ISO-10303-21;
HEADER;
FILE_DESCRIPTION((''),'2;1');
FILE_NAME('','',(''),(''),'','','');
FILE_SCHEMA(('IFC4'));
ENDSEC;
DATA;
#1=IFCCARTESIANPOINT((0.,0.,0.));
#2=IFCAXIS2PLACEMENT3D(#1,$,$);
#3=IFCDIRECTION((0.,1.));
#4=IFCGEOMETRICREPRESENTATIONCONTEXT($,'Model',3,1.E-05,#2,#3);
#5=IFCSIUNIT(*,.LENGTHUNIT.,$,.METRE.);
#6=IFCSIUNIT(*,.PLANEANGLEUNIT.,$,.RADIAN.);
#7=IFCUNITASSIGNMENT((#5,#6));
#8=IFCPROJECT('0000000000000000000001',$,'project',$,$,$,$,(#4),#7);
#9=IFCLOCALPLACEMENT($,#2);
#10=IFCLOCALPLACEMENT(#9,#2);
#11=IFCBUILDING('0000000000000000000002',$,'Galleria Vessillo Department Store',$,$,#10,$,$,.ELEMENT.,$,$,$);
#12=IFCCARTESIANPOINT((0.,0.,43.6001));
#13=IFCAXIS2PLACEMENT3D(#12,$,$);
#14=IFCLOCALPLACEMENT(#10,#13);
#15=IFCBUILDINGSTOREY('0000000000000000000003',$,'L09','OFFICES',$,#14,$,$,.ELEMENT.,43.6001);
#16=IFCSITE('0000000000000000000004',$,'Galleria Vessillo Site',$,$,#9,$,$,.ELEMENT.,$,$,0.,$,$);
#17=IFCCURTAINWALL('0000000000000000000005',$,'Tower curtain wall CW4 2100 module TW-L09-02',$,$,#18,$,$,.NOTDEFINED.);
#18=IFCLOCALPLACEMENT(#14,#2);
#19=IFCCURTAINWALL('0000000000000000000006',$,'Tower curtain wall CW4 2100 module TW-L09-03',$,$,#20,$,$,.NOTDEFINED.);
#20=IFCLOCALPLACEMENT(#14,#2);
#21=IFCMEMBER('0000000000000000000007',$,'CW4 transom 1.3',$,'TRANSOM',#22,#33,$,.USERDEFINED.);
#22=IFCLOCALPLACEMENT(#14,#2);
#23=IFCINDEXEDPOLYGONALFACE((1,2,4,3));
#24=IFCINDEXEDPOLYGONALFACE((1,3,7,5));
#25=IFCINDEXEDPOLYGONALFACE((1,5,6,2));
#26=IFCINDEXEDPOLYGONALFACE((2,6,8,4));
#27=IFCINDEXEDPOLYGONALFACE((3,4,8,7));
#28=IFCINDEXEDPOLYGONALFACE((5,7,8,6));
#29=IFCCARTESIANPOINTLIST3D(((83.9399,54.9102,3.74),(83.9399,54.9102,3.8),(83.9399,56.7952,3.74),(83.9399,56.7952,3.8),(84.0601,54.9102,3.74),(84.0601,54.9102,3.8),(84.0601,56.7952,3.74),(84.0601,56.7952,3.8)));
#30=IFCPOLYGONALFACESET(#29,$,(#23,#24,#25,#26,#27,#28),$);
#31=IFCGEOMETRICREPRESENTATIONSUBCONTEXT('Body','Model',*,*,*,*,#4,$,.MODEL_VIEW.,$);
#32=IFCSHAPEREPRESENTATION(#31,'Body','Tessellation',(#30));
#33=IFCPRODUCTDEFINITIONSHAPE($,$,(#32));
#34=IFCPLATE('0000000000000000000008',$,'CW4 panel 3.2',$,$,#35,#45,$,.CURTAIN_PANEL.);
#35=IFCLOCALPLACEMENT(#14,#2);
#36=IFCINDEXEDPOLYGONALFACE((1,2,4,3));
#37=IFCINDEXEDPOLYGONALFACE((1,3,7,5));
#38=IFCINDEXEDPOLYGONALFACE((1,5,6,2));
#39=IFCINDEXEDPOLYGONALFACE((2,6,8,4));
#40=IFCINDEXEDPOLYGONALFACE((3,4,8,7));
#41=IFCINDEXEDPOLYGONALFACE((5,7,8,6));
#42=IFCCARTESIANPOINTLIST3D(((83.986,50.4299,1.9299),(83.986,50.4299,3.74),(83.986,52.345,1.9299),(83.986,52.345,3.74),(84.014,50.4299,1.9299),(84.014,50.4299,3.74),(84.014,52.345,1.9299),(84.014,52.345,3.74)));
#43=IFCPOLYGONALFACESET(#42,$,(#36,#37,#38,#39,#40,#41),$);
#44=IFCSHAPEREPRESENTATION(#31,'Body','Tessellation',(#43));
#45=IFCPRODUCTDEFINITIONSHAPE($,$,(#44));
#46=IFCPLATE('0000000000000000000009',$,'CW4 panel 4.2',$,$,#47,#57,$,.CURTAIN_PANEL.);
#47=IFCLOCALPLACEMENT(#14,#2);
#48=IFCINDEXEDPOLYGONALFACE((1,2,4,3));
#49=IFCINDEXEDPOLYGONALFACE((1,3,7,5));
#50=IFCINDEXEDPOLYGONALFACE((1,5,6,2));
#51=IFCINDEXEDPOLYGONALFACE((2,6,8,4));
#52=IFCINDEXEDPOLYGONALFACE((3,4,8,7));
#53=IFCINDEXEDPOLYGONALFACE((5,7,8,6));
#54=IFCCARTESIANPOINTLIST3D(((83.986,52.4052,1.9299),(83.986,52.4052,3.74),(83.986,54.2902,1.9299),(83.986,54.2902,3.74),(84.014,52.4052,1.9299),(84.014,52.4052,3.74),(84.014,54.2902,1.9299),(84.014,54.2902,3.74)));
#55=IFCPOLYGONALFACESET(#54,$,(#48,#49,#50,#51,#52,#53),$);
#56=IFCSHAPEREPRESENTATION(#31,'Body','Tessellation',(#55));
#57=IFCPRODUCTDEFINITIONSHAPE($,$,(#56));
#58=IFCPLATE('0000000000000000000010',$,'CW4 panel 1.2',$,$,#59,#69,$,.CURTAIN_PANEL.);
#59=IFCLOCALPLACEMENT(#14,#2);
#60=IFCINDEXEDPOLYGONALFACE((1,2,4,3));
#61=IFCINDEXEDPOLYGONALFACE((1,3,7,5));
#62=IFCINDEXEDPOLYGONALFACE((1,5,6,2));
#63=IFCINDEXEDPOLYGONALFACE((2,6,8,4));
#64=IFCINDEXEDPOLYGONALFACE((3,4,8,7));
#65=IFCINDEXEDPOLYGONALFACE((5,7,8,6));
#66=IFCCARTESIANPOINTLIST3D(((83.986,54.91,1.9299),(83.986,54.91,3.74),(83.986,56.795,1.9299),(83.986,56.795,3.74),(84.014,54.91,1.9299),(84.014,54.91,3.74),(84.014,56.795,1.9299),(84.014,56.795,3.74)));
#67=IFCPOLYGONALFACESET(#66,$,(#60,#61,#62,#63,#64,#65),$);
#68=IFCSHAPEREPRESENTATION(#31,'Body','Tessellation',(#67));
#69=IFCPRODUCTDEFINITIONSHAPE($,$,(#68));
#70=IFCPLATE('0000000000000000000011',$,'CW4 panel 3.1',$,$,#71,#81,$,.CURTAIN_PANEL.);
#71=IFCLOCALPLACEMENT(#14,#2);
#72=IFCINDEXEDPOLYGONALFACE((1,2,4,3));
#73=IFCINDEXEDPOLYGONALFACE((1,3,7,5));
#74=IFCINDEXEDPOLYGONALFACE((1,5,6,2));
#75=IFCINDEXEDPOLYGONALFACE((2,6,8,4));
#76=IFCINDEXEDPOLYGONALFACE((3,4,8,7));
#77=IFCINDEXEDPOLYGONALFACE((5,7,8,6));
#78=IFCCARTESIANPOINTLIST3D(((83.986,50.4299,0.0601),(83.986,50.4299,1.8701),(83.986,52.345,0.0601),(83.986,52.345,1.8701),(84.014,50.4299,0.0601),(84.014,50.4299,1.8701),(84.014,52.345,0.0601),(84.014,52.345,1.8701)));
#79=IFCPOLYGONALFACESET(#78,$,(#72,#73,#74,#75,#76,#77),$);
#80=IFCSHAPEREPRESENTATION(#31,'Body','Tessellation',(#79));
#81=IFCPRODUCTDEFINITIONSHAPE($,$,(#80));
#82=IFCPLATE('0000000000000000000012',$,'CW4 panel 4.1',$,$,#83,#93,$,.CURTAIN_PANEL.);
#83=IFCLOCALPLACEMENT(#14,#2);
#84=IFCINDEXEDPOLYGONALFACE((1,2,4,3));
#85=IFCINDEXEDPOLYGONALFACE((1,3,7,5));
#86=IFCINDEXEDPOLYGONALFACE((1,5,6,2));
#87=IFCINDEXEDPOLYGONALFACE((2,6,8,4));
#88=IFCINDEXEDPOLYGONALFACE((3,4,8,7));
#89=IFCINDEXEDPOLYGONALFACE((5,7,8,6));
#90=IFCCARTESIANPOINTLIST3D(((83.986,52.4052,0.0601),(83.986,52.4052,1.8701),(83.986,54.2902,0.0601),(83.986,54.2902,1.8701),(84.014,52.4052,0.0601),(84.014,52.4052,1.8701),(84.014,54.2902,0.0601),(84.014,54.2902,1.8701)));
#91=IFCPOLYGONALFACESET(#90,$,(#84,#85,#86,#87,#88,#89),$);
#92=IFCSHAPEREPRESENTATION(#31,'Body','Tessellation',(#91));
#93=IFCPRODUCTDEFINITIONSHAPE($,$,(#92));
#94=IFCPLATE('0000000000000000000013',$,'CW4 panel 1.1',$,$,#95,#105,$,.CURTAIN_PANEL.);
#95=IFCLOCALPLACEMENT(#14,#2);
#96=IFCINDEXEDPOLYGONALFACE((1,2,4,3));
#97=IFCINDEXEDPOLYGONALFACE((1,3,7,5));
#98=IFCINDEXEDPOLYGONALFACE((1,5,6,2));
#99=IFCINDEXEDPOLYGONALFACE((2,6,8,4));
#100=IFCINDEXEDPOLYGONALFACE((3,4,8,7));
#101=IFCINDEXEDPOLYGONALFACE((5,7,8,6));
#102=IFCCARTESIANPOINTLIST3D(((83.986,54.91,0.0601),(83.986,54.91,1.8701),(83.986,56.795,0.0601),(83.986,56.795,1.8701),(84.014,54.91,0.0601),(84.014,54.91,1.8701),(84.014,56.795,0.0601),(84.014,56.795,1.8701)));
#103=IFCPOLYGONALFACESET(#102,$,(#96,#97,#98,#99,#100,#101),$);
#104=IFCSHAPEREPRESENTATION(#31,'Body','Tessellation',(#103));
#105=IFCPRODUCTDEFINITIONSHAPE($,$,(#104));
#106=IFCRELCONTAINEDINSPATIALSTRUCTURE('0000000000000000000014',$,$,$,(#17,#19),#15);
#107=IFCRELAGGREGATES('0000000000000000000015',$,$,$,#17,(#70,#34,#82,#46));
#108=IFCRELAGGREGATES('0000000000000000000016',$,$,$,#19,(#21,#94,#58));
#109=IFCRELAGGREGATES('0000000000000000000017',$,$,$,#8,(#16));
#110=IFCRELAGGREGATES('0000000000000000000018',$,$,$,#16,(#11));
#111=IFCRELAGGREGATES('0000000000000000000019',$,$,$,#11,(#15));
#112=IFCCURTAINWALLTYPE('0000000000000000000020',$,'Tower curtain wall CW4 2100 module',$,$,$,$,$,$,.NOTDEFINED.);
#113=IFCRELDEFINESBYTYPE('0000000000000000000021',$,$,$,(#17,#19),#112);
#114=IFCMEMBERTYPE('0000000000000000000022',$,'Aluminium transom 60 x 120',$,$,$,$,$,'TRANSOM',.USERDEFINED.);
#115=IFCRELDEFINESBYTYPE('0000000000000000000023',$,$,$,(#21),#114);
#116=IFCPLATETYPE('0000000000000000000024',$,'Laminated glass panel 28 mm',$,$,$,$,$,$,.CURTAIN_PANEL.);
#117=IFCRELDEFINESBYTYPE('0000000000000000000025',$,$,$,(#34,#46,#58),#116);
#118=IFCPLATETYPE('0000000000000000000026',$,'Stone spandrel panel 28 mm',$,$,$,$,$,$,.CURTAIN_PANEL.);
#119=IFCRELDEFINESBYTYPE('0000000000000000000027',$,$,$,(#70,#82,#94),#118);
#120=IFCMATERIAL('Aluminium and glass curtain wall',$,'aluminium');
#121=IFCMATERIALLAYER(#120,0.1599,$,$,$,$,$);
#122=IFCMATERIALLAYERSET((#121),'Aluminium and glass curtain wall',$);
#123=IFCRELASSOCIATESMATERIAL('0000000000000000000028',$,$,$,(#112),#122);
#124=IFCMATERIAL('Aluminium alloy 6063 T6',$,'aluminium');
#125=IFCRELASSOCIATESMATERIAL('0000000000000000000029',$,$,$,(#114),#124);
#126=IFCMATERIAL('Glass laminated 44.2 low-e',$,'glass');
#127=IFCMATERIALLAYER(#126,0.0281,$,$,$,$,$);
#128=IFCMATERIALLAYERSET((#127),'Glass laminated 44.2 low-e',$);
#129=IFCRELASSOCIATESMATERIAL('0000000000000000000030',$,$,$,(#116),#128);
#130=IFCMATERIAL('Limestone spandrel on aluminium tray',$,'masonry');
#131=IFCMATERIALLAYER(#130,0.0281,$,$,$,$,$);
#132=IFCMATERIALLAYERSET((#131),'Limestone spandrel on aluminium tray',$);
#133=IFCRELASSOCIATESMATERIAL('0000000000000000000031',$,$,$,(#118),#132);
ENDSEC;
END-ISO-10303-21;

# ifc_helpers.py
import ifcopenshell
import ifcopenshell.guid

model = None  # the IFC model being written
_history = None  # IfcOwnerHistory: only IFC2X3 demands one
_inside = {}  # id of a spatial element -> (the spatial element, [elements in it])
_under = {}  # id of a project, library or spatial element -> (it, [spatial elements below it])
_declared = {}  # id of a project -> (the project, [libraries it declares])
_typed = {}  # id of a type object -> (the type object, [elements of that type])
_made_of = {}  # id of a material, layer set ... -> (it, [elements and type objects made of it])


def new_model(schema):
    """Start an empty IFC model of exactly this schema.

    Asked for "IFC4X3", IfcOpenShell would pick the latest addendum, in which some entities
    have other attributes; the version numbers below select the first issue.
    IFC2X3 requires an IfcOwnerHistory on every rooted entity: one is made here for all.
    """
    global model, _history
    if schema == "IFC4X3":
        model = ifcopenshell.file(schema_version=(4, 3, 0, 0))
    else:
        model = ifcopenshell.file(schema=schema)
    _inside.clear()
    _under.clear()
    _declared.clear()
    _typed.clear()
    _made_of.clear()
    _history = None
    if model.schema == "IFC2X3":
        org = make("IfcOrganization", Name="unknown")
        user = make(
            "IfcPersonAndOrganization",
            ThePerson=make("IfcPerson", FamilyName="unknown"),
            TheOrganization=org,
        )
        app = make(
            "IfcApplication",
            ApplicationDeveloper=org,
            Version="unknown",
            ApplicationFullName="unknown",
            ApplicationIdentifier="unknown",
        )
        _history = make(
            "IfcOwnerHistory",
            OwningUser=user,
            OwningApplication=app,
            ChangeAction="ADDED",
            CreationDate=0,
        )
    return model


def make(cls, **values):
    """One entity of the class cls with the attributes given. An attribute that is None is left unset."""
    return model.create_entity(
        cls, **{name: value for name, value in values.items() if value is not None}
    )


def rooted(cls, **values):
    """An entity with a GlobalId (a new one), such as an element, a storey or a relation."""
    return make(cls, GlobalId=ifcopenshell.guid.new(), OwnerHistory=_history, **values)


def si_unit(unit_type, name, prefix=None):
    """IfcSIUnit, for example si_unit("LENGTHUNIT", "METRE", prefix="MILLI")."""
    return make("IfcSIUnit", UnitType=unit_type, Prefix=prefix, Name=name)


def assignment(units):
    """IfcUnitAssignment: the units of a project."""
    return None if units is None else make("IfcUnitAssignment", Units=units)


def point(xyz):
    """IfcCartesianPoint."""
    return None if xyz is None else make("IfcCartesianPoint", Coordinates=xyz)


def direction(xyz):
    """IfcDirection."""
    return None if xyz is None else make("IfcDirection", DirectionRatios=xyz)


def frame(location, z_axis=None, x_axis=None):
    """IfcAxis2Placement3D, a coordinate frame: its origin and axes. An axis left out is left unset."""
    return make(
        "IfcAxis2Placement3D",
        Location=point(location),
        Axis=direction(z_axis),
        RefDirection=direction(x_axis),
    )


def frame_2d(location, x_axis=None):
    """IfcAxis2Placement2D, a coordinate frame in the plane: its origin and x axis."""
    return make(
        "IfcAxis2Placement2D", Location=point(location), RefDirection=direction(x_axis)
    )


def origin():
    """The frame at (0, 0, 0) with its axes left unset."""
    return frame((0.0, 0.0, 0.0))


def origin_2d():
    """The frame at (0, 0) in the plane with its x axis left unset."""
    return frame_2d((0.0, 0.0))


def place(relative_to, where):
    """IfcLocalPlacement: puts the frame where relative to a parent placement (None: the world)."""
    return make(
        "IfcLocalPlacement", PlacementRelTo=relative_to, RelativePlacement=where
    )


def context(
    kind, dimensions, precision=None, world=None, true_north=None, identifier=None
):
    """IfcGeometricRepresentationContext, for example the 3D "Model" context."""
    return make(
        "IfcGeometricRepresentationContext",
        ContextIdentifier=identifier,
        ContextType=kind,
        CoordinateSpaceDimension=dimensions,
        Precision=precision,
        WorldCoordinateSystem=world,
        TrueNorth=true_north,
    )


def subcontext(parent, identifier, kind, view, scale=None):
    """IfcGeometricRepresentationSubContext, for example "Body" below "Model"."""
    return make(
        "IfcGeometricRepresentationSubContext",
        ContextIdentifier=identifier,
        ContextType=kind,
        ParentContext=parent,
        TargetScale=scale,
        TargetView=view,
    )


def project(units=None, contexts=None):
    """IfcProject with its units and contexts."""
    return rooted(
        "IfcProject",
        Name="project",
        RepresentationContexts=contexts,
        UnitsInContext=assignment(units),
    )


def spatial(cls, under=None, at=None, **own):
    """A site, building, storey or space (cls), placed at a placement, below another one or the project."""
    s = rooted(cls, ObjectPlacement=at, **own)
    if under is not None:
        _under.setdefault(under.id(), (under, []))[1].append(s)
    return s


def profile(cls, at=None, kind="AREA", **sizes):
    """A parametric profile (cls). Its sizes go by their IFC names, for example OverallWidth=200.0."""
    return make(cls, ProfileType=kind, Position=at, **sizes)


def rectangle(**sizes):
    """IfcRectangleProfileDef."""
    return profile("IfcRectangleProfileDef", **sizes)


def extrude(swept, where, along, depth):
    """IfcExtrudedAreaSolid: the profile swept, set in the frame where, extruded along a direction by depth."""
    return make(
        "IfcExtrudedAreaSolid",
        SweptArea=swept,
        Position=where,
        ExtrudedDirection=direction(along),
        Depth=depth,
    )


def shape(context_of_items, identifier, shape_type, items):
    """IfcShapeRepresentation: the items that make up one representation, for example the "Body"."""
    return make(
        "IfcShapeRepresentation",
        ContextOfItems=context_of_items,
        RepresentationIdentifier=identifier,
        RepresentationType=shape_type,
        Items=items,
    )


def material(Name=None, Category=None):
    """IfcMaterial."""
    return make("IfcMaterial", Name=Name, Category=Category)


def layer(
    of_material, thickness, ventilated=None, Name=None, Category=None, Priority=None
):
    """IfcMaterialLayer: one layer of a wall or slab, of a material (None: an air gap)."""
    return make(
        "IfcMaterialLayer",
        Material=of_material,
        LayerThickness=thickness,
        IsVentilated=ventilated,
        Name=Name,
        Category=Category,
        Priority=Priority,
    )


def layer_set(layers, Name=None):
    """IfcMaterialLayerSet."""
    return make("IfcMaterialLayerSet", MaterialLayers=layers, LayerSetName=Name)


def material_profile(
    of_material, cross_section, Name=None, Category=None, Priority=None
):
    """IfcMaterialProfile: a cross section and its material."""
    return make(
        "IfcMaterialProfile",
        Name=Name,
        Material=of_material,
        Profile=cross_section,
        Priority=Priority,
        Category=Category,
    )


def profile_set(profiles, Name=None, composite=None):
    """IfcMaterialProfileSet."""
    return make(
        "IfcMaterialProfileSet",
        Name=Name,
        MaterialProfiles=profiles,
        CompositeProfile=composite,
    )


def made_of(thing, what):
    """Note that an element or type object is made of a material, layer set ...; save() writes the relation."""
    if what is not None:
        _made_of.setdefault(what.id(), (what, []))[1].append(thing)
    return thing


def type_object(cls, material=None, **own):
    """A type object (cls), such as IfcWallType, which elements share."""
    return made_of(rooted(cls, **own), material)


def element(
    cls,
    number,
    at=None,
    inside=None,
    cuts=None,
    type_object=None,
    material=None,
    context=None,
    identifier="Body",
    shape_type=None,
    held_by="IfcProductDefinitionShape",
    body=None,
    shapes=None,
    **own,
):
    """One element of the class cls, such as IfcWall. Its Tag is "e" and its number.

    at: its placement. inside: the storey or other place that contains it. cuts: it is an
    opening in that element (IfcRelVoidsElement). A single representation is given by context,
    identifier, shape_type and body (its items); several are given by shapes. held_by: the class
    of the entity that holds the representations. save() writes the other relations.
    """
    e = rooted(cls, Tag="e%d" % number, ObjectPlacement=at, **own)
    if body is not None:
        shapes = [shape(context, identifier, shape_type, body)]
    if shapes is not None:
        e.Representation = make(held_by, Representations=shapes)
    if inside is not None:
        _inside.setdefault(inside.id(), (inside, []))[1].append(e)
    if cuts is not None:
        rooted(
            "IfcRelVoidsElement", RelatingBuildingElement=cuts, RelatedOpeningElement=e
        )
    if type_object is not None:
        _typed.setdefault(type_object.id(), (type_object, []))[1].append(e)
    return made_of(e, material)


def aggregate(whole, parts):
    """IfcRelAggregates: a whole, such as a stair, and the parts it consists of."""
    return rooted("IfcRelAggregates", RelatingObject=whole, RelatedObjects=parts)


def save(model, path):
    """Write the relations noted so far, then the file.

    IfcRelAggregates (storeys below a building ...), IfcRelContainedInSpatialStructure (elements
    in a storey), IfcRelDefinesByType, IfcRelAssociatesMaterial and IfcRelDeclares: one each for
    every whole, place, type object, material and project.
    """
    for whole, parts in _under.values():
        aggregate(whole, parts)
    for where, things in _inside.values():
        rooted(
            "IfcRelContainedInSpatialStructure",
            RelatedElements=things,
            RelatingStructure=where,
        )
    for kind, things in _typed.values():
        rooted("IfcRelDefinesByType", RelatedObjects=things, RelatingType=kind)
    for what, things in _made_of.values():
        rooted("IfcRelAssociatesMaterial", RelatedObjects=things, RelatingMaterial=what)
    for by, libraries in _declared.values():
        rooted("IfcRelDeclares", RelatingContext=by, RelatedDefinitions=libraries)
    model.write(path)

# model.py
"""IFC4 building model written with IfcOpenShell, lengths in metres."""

from ifc_helpers import new_model, si_unit, direction, frame, origin, origin_2d, place, context, subcontext, project, spatial, rectangle, extrude, material, layer, layer_set, material_profile, profile_set, type_object, element, aggregate, save


model = new_model("IFC4")

# Units and contexts
model_context = context("Model", 3, precision=1e-05, world=origin(), true_north=direction((0.0, 1.0)))
body_context = subcontext(model_context, "Body", "Model", "MODEL_VIEW")
ifc_project = project(units=[si_unit("LENGTHUNIT", "METRE"), si_unit("PLANEANGLEUNIT", "RADIAN")], contexts=[model_context])

# Site, building, storey
site_placement = place(None, origin())
site = spatial("IfcSite", under=ifc_project, at=site_placement, Name="Galleria Vessillo Site", CompositionType="ELEMENT", RefElevation=0.0)
building_placement = place(site_placement, origin())
building = spatial("IfcBuilding", under=site, at=building_placement, Name="Galleria Vessillo Department Store", CompositionType="ELEMENT")
storey_placement = place(building_placement, frame((0.0, 0.0, 43.6001)))
storey = spatial("IfcBuildingStorey", under=building, at=storey_placement, Name="L09", Description="OFFICES", CompositionType="ELEMENT", Elevation=43.6001)

# Curtain walls
ifc_material_1 = material(Name="Aluminium and glass curtain wall", Category="aluminium")
ifc_layer_1 = layer(ifc_material_1, 0.1599)
ifc_layer_set_1 = layer_set([ifc_layer_1], Name="Aluminium and glass curtain wall")
curtain_wall_type = type_object("IfcCurtainWallType", Name="Tower curtain wall CW4 2100 module", PredefinedType="NOTDEFINED", material=ifc_layer_set_1)
curtain_wall_1_placement = place(storey_placement, origin())
curtain_wall_1 = element("IfcCurtainWall", 1, at=curtain_wall_1_placement, inside=storey, type_object=curtain_wall_type, Name="Tower curtain wall CW4 2100 module TW-L09-02", PredefinedType="NOTDEFINED")
curtain_wall_2_placement = place(storey_placement, origin())
curtain_wall_2 = element("IfcCurtainWall", 2, at=curtain_wall_2_placement, inside=storey, type_object=curtain_wall_type, Name="Tower curtain wall CW4 2100 module TW-L09-03", PredefinedType="NOTDEFINED")

# Member
ifc_material_2 = material(Name="Aluminium alloy 6063 T6", Category="aluminium")
ifc_material_profile_1 = material_profile(ifc_material_2, rectangle(XDim=0.1201, YDim=0.0601, at=origin_2d()), Name="AL 60x120")
ifc_profile_set_1 = profile_set([ifc_material_profile_1], Name="Aluminium alloy 6063 T6")
member_type_1 = type_object("IfcMemberType", Name="Aluminium transom 60 x 120", ElementType="TRANSOM", PredefinedType="USERDEFINED", material=ifc_profile_set_1)
member_1_placement = place(storey_placement, frame((84.0, 54.9102, 3.77), z_axis=(0.0, 1.0, 0.0), x_axis=(-1.0, 0.0, 0.0)))
member_1 = element("IfcMember", 3, at=member_1_placement, type_object=member_type_1, Name="CW4 transom 1.3", ObjectType="TRANSOM", PredefinedType="USERDEFINED", context=body_context, shape_type="SweptSolid", body=[
    extrude(rectangle(XDim=0.1201, YDim=0.0601, at=origin_2d()), origin(), (0.0, 0.0, 1.0), 1.885),
])

# Plates
ifc_material_3 = material(Name="Glass laminated 44.2 low-e", Category="glass")
ifc_layer_2 = layer(ifc_material_3, 0.0281)
ifc_layer_set_2 = layer_set([ifc_layer_2], Name="Glass laminated 44.2 low-e")
plate_type_1 = type_object("IfcPlateType", Name="Laminated glass panel 28 mm", PredefinedType="CURTAIN_PANEL", material=ifc_layer_set_2)
plate_1_placement = place(storey_placement, frame((84.0, 51.3875, 1.9299), z_axis=(0.0, 0.0, 1.0), x_axis=(0.0, 1.0, 0.0)))
plate_1 = element("IfcPlate", 4, at=plate_1_placement, type_object=plate_type_1, Name="CW4 panel 3.2", PredefinedType="CURTAIN_PANEL", context=body_context, shape_type="SweptSolid", body=[
    extrude(rectangle(XDim=1.915, YDim=0.0281, at=origin_2d()), origin(), (0.0, 0.0, 1.0), 1.8101),
])
plate_2_placement = place(storey_placement, frame((84.0, 53.3477, 1.9299), z_axis=(0.0, 0.0, 1.0), x_axis=(0.0, 1.0, 0.0)))
plate_2 = element("IfcPlate", 5, at=plate_2_placement, type_object=plate_type_1, Name="CW4 panel 4.2", PredefinedType="CURTAIN_PANEL", context=body_context, shape_type="SweptSolid", body=[
    extrude(rectangle(XDim=1.885, YDim=0.0281, at=origin_2d()), origin(), (0.0, 0.0, 1.0), 1.8101),
])
plate_3_placement = place(storey_placement, frame((84.0, 55.8525, 1.9299), z_axis=(0.0, 0.0, 1.0), x_axis=(0.0, 1.0, 0.0)))
plate_3 = element("IfcPlate", 6, at=plate_3_placement, type_object=plate_type_1, Name="CW4 panel 1.2", PredefinedType="CURTAIN_PANEL", context=body_context, shape_type="SweptSolid", body=[
    extrude(rectangle(XDim=1.885, YDim=0.0281, at=origin_2d()), origin(), (0.0, 0.0, 1.0), 1.8101),
])
ifc_material_4 = material(Name="Limestone spandrel on aluminium tray", Category="masonry")
ifc_layer_3 = layer(ifc_material_4, 0.0281)
ifc_layer_set_3 = layer_set([ifc_layer_3], Name="Limestone spandrel on aluminium tray")
plate_type_2 = type_object("IfcPlateType", Name="Stone spandrel panel 28 mm", PredefinedType="CURTAIN_PANEL", material=ifc_layer_set_3)
plate_4_placement = place(storey_placement, frame((84.0, 51.3875, 0.0601), z_axis=(0.0, 0.0, 1.0), x_axis=(0.0, 1.0, 0.0)))
plate_4 = element("IfcPlate", 7, at=plate_4_placement, type_object=plate_type_2, Name="CW4 panel 3.1", PredefinedType="CURTAIN_PANEL", context=body_context, shape_type="SweptSolid", body=[
    extrude(rectangle(XDim=1.915, YDim=0.0281, at=origin_2d()), origin(), (0.0, 0.0, 1.0), 1.8101),
])
plate_5_placement = place(storey_placement, frame((84.0, 53.3477, 0.0601), z_axis=(0.0, 0.0, 1.0), x_axis=(0.0, 1.0, 0.0)))
plate_5 = element("IfcPlate", 8, at=plate_5_placement, type_object=plate_type_2, Name="CW4 panel 4.1", PredefinedType="CURTAIN_PANEL", context=body_context, shape_type="SweptSolid", body=[
    extrude(rectangle(XDim=1.885, YDim=0.0281, at=origin_2d()), origin(), (0.0, 0.0, 1.0), 1.8101),
])
aggregate(curtain_wall_1, [plate_4, plate_1, plate_5, plate_2])
plate_6_placement = place(storey_placement, frame((84.0, 55.8525, 0.0601), z_axis=(0.0, 0.0, 1.0), x_axis=(0.0, 1.0, 0.0)))
plate_6 = element("IfcPlate", 9, at=plate_6_placement, type_object=plate_type_2, Name="CW4 panel 1.1", PredefinedType="CURTAIN_PANEL", context=body_context, shape_type="SweptSolid", body=[
    extrude(rectangle(XDim=1.885, YDim=0.0281, at=origin_2d()), origin(), (0.0, 0.0, 1.0), 1.8101),
])
aggregate(curtain_wall_2, [member_1, plate_6, plate_3])

save(model, "model.ifc")
